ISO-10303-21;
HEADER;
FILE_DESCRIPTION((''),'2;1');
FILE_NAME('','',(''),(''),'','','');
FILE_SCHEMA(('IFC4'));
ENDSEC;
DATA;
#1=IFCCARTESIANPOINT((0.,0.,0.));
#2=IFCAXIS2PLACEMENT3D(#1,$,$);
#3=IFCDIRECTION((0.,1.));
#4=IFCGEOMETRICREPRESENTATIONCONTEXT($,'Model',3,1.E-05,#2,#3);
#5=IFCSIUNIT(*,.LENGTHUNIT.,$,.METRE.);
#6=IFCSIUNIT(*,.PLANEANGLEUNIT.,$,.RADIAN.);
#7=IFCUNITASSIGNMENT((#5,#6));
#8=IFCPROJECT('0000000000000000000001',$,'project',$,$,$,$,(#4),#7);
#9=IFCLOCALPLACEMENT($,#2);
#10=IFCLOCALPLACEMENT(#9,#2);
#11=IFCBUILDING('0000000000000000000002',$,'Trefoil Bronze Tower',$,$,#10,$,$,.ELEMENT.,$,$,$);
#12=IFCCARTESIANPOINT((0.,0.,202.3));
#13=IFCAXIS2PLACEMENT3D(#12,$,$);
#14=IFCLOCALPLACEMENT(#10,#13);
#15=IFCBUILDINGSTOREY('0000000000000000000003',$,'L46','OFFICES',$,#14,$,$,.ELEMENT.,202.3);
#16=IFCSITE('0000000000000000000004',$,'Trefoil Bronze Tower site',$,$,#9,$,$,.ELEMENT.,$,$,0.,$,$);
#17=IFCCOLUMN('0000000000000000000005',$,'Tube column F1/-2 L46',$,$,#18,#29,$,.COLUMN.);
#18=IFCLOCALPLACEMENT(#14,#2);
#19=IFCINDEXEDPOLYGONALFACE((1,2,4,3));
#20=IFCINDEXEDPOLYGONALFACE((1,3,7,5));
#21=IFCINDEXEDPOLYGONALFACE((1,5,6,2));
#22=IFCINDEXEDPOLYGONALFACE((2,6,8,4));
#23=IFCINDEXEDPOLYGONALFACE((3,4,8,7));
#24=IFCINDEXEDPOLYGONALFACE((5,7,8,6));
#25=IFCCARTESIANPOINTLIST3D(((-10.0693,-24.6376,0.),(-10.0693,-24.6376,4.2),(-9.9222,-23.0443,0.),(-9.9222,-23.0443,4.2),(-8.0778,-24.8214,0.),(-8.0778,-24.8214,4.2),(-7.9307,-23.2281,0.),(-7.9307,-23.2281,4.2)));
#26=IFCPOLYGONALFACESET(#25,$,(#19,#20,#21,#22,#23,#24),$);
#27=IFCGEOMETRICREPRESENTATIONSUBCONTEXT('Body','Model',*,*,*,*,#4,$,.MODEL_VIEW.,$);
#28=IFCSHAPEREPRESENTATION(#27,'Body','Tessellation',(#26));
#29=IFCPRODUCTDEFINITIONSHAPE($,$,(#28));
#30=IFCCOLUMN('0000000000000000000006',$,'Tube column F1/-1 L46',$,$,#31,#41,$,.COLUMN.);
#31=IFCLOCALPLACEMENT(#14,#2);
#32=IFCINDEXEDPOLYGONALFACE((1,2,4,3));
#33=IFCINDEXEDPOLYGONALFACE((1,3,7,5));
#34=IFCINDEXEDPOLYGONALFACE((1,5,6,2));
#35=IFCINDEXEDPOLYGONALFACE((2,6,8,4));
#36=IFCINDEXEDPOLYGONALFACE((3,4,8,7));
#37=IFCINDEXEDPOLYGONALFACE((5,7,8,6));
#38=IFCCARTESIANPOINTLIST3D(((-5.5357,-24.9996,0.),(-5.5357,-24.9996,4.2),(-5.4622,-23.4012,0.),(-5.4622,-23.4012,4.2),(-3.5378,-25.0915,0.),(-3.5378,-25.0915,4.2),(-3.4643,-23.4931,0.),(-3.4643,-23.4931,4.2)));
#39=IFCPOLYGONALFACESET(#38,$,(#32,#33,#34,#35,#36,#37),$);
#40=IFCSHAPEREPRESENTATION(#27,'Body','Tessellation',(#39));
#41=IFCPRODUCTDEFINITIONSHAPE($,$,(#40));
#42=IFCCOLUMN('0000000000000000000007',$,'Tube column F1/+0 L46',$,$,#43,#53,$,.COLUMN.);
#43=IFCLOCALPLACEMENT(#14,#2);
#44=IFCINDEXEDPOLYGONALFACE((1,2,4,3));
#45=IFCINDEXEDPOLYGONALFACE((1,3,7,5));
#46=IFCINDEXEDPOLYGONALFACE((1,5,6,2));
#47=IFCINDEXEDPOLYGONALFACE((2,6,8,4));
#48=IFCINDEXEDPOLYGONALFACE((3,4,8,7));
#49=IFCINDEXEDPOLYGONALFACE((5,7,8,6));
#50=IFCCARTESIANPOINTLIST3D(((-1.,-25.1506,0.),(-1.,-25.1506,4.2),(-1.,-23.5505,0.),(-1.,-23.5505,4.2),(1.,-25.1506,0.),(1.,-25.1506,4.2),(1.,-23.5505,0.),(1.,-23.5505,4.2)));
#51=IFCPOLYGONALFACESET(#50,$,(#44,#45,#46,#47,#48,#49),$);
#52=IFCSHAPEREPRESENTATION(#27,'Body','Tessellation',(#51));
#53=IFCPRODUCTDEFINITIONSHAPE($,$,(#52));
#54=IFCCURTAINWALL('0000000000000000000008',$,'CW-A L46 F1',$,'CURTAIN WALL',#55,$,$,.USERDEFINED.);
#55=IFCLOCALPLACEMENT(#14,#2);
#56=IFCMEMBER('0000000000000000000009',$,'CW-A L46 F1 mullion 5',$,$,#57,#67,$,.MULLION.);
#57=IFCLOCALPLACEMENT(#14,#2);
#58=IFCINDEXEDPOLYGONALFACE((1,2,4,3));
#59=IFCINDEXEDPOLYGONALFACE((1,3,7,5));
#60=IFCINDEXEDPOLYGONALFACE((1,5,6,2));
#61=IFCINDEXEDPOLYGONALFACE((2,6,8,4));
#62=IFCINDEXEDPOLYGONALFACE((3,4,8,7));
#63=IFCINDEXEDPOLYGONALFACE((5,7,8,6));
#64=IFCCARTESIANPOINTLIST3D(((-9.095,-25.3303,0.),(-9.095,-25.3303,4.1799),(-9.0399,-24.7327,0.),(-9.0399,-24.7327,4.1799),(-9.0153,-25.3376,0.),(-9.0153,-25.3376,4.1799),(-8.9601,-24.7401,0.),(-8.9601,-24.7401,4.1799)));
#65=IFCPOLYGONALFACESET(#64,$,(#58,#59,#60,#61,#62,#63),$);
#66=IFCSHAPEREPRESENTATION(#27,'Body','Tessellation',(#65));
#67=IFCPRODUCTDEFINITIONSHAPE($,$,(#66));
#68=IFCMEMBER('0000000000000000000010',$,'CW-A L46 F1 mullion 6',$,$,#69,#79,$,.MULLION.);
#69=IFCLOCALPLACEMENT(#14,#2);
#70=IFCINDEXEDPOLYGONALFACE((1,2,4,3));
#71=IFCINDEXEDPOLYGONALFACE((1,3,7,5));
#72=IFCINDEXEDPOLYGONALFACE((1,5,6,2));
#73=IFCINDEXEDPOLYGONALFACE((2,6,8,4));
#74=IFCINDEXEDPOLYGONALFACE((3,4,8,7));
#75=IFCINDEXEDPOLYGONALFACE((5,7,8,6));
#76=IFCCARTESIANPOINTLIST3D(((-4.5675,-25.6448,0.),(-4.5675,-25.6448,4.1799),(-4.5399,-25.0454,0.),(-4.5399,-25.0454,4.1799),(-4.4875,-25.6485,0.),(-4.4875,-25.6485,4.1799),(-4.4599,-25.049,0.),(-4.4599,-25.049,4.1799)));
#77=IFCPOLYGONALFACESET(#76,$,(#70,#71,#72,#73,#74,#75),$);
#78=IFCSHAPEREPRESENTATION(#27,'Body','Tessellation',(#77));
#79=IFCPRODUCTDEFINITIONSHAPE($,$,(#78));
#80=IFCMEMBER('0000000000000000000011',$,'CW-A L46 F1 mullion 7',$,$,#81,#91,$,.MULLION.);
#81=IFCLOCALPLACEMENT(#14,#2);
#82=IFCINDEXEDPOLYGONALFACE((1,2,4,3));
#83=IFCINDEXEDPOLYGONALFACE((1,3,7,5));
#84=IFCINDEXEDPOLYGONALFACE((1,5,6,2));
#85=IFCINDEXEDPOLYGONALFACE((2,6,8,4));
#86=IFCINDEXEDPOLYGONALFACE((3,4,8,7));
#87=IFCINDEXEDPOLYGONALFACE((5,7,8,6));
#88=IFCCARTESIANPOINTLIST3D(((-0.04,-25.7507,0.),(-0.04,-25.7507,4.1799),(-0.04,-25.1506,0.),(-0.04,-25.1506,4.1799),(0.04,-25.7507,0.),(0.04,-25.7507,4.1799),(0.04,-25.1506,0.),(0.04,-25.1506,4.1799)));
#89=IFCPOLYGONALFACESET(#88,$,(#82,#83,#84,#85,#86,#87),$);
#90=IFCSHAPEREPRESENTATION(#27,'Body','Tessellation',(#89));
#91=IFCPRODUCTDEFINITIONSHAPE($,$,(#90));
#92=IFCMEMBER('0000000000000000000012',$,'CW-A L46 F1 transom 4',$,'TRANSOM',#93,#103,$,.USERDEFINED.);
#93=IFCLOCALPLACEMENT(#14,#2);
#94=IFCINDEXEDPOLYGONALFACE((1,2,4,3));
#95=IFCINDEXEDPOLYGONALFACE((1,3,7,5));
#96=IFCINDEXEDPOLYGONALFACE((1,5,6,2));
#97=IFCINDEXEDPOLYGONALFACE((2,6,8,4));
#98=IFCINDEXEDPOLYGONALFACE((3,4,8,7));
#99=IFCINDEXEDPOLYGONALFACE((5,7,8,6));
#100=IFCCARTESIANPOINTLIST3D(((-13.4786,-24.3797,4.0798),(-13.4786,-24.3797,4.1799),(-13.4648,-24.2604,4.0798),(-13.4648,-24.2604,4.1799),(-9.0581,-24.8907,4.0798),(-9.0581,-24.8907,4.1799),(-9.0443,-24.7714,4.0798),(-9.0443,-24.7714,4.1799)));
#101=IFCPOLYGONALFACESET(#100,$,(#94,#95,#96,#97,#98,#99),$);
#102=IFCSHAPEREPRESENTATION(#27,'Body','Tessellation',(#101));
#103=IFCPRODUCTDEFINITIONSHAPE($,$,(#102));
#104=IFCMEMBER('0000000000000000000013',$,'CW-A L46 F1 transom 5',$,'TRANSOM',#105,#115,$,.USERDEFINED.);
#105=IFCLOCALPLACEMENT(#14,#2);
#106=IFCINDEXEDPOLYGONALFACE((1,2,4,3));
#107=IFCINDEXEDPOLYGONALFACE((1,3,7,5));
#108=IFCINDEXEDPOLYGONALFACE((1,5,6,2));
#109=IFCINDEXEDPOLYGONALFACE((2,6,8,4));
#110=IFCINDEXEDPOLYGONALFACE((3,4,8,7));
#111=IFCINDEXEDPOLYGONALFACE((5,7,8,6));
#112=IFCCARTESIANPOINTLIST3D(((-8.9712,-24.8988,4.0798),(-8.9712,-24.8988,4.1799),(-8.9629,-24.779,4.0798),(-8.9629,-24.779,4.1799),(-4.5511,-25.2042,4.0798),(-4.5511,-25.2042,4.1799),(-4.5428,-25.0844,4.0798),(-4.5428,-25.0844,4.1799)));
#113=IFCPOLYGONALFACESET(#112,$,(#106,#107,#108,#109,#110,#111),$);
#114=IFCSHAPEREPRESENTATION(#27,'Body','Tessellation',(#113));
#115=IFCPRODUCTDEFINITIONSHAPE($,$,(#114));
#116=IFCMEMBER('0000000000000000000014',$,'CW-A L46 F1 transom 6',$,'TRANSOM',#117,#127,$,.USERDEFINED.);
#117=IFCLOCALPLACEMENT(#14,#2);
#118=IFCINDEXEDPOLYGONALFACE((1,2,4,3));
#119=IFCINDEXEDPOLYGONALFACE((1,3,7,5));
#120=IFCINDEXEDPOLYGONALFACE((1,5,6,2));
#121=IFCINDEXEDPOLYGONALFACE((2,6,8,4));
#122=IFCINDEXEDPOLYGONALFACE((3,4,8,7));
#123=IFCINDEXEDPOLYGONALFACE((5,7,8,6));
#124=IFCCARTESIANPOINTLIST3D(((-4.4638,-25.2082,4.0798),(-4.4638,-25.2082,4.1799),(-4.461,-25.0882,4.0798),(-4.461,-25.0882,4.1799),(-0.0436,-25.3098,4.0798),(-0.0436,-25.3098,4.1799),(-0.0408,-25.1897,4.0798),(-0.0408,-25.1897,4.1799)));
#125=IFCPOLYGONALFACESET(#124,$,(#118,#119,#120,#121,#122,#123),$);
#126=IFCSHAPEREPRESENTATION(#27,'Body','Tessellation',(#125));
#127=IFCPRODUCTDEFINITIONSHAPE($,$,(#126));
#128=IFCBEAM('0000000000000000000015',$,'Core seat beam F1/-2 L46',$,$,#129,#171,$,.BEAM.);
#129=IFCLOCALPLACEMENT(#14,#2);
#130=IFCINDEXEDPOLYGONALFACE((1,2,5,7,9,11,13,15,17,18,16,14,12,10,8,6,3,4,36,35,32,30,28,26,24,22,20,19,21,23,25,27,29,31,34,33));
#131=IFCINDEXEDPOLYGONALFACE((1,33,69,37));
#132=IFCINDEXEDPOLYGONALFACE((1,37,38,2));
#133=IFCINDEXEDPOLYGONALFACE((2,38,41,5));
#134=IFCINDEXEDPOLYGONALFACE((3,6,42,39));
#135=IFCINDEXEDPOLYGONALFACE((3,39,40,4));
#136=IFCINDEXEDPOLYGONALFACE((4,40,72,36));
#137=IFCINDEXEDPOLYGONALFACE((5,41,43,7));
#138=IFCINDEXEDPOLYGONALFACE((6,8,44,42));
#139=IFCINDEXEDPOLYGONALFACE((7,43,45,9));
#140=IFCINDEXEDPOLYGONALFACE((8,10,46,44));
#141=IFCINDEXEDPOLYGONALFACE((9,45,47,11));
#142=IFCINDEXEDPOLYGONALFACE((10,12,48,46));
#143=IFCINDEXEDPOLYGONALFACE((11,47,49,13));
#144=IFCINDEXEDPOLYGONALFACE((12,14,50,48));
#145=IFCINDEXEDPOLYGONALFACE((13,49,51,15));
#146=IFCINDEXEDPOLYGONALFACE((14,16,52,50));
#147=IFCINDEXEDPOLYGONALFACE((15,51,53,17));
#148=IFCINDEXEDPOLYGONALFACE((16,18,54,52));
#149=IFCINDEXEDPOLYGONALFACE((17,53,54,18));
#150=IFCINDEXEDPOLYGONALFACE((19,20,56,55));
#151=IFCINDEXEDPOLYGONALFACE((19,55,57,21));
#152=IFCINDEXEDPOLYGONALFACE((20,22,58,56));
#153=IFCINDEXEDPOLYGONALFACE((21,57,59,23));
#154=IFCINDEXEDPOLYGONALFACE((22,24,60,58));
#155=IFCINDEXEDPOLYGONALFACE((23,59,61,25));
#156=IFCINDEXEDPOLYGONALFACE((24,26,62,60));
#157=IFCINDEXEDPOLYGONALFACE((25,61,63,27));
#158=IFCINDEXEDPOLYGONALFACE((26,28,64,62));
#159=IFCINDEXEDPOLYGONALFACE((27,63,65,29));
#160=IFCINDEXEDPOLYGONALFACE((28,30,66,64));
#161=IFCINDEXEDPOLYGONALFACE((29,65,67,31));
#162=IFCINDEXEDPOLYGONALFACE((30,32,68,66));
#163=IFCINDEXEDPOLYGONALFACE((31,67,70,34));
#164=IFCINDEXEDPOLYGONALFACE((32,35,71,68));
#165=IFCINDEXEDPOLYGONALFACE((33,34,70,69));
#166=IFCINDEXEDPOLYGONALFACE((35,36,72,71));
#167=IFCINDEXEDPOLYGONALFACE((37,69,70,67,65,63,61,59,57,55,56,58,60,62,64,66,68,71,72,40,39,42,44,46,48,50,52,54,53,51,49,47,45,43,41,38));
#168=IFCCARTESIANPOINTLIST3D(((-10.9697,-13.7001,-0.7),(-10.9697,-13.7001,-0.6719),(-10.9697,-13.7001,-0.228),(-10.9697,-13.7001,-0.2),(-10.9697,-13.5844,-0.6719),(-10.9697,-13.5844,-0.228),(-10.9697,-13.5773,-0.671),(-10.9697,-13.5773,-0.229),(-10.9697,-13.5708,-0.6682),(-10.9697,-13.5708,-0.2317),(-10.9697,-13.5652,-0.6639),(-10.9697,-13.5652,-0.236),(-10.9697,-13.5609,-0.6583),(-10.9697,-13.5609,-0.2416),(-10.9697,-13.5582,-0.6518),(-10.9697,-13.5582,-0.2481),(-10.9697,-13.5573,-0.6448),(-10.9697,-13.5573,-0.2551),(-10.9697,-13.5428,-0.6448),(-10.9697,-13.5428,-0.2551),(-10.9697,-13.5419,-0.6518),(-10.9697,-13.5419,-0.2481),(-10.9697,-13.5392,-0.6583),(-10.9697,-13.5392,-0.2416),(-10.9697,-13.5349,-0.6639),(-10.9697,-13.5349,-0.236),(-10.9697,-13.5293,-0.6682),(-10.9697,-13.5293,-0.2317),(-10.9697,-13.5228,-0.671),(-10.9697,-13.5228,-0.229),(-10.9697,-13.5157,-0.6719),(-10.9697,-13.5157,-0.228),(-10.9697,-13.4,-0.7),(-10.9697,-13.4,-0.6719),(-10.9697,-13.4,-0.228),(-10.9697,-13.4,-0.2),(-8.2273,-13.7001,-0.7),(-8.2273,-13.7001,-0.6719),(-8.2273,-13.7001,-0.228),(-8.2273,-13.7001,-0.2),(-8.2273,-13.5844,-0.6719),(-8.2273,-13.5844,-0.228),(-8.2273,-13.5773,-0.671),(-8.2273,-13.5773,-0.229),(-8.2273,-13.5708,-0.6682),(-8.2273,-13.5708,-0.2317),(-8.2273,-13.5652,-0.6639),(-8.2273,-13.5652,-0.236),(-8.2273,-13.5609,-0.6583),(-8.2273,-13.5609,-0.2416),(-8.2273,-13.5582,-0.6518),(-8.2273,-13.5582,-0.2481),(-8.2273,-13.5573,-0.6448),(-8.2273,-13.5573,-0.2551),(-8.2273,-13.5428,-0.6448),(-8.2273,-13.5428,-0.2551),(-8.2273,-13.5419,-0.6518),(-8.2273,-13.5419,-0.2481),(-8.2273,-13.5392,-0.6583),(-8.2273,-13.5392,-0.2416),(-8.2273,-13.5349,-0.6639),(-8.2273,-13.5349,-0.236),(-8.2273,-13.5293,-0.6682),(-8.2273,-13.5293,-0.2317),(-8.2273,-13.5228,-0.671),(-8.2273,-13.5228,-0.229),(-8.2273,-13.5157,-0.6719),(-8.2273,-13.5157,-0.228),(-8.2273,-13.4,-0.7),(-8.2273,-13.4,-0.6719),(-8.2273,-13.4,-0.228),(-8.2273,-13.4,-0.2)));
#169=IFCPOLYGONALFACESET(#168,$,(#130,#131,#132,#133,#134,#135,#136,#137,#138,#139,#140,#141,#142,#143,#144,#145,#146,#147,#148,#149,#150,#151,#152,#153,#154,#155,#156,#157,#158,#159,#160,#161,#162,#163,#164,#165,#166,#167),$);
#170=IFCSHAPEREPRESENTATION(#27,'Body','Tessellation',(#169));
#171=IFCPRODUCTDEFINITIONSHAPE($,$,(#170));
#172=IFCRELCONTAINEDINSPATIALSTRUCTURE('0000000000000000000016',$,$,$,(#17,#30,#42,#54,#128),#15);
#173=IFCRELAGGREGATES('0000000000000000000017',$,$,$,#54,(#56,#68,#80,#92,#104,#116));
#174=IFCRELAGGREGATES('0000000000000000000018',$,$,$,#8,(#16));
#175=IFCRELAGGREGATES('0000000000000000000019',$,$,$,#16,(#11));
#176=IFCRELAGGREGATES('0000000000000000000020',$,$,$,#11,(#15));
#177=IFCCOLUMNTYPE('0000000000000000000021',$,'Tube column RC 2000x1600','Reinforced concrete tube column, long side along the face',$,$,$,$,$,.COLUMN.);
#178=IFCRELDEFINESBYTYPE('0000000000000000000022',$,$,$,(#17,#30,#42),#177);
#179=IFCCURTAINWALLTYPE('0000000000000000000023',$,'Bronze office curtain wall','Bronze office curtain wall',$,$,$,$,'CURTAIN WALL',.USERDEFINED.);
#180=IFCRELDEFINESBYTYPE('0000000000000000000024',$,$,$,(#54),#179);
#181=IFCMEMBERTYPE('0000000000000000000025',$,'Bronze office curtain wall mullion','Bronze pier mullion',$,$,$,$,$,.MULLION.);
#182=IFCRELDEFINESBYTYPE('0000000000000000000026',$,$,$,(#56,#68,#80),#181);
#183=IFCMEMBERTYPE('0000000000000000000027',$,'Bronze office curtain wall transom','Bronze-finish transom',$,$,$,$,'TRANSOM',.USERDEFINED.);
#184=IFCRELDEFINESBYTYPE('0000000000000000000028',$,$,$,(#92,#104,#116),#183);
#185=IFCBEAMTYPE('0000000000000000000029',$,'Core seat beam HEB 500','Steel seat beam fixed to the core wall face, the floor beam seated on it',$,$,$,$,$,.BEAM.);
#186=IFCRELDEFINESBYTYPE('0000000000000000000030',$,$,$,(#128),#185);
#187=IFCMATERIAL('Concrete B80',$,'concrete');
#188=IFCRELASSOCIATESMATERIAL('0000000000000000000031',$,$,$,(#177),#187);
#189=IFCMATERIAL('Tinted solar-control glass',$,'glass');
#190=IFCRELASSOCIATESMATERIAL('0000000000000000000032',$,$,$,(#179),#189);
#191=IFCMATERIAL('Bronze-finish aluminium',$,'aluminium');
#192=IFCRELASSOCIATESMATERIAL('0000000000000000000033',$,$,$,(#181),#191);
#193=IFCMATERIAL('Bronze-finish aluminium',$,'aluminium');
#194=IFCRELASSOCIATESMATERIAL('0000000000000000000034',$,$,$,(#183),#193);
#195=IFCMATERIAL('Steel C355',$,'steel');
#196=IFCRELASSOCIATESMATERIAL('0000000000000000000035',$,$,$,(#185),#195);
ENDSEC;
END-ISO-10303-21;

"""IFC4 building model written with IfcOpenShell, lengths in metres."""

from ifc_helpers import new_model, si_unit, direction, frame, origin, origin_2d, place, context, subcontext, project, spatial, rectangle, i_section, extrude, material, material_profile, profile_set, type_object, element, aggregate, save


model = new_model("IFC4")

# Units and contexts
model_context = context("Model", 3, precision=1e-05, world=origin(), true_north=direction((0.0, 1.0)))
body_context = subcontext(model_context, "Body", "Model", "MODEL_VIEW")
ifc_project = project(units=[si_unit("LENGTHUNIT", "METRE"), si_unit("PLANEANGLEUNIT", "RADIAN")], contexts=[model_context])

# Site, building, storey
site_placement = place(None, origin())
site = spatial("IfcSite", under=ifc_project, at=site_placement, Name="Trefoil Bronze Tower site", CompositionType="ELEMENT", RefElevation=0.0)
building_placement = place(site_placement, origin())
building = spatial("IfcBuilding", under=site, at=building_placement, Name="Trefoil Bronze Tower", CompositionType="ELEMENT")
storey_placement = place(building_placement, frame((0.0, 0.0, 202.3)))
storey = spatial("IfcBuildingStorey", under=building, at=storey_placement, Name="L46", Description="OFFICES", CompositionType="ELEMENT", Elevation=202.3)

# Columns
ifc_material_1 = material(Name="Concrete B80", Category="concrete")
ifc_material_profile_1 = material_profile(ifc_material_1, rectangle(XDim=2.0, YDim=1.6001, at=origin_2d()), Name="RC 2000x1600")
ifc_profile_set_1 = profile_set([ifc_material_profile_1], Name="Concrete B80")
column_type = type_object("IfcColumnType", Name="Tube column RC 2000x1600", Description="Reinforced concrete tube column, long side along the face", PredefinedType="COLUMN", material=ifc_profile_set_1)
for number, where, z_axis, x_axis, name in (
    (1, (-9.0, -23.9329, 0.0), (0.0, 0.0, 1.0), (0.995767, -0.091911, 0.0), "Tube column F1/-2 L46"),
    (2, (-4.5, -24.2463, 0.0), (0.0, 0.0, 1.0), (0.998943, -0.045956, 0.0), "Tube column F1/-1 L46"),
    (3, (0.0, -24.3506, 0.0), (0.0, 0.0, 1.0), (1.0, 0.0, 0.0), "Tube column F1/+0 L46"),
):
    element("IfcColumn", number, at=place(storey_placement, frame(where, z_axis=z_axis, x_axis=x_axis)), inside=storey, type_object=column_type, Name=name, PredefinedType="COLUMN", context=body_context, shape_type="SweptSolid", body=[
        extrude(rectangle(XDim=2.0, YDim=1.6001, at=origin_2d()), origin(), (0.0, 0.0, 1.0), 4.2),
    ])

# Curtain wall, members
ifc_material_2 = material(Name="Tinted solar-control glass", Category="glass")
curtain_wall_type = type_object("IfcCurtainWallType", Name="Bronze office curtain wall", Description="Bronze office curtain wall", ElementType="CURTAIN WALL", PredefinedType="USERDEFINED", material=ifc_material_2)
curtain_wall_placement = place(storey_placement, origin())
curtain_wall = element("IfcCurtainWall", 4, at=curtain_wall_placement, inside=storey, type_object=curtain_wall_type, Name="CW-A L46 F1", ObjectType="CURTAIN WALL", PredefinedType="USERDEFINED")
ifc_material_3 = material(Name="Bronze-finish aluminium", Category="aluminium")
ifc_material_profile_2 = material_profile(ifc_material_3, rectangle(XDim=0.6001, YDim=0.0801, at=origin_2d()), Name="CW-A mullion")
ifc_profile_set_2 = profile_set([ifc_material_profile_2], Name="Bronze-finish aluminium")
member_type_1 = type_object("IfcMemberType", Name="Bronze office curtain wall mullion", Description="Bronze pier mullion", PredefinedType="MULLION", material=ifc_profile_set_2)
member_1_placement = place(storey_placement, frame((-9.0276, -25.0352, 0.0), z_axis=(0.0, 0.0, 1.0), x_axis=(0.091911, 0.995767, 0.0)))
member_1 = element("IfcMember", 5, at=member_1_placement, type_object=member_type_1, Name="CW-A L46 F1 mullion 5", PredefinedType="MULLION", context=body_context, shape_type="SweptSolid", body=[
    extrude(rectangle(XDim=0.6001, YDim=0.0801, at=origin_2d()), origin(), (0.0, 0.0, 1.0), 4.1799),
])
member_2_placement = place(storey_placement, frame((-4.5137, -25.3469, 0.0), z_axis=(0.0, 0.0, 1.0), x_axis=(0.045956, 0.998943, 0.0)))
member_2 = element("IfcMember", 6, at=member_2_placement, type_object=member_type_1, Name="CW-A L46 F1 mullion 6", PredefinedType="MULLION", context=body_context, shape_type="SweptSolid", body=[
    extrude(rectangle(XDim=0.6001, YDim=0.0801, at=origin_2d()), origin(), (0.0, 0.0, 1.0), 4.1799),
])
member_3_placement = place(storey_placement, frame((0.0, -25.4507, 0.0), z_axis=(0.0, 0.0, 1.0), x_axis=(0.0, 1.0, 0.0)))
member_3 = element("IfcMember", 7, at=member_3_placement, type_object=member_type_1, Name="CW-A L46 F1 mullion 7", PredefinedType="MULLION", context=body_context, shape_type="SweptSolid", body=[
    extrude(rectangle(XDim=0.6001, YDim=0.0801, at=origin_2d()), origin(), (0.0, 0.0, 1.0), 4.1799),
])
ifc_material_4 = material(Name="Bronze-finish aluminium", Category="aluminium")
ifc_material_profile_3 = material_profile(ifc_material_4, rectangle(XDim=0.1201, YDim=0.1001, at=origin_2d()), Name="CW-A transom")
ifc_profile_set_3 = profile_set([ifc_material_profile_3], Name="Bronze-finish aluminium")
member_type_2 = type_object("IfcMemberType", Name="Bronze office curtain wall transom", Description="Bronze-finish transom", ElementType="TRANSOM", PredefinedType="USERDEFINED", material=ifc_profile_set_3)
member_4_placement = place(storey_placement, frame((-13.4717, -24.3201, 4.1299), z_axis=(0.993385, -0.114832, 0.0), x_axis=(0.114832, 0.993385, 0.0)))
member_4 = element("IfcMember", 8, at=member_4_placement, type_object=member_type_2, Name="CW-A L46 F1 transom 4", ObjectType="TRANSOM", PredefinedType="USERDEFINED", context=body_context, shape_type="SweptSolid", body=[
    extrude(rectangle(XDim=0.1201, YDim=0.1001, at=origin_2d()), origin(), (0.0, 0.0, 1.0), 4.45),
])
member_5_placement = place(storey_placement, frame((-8.967, -24.8389, 4.1299), z_axis=(0.997621, -0.068933, 0.0), x_axis=(0.068933, 0.997621, 0.0)))
member_5 = element("IfcMember", 9, at=member_5_placement, type_object=member_type_2, Name="CW-A L46 F1 transom 5", ObjectType="TRANSOM", PredefinedType="USERDEFINED", context=body_context, shape_type="SweptSolid", body=[
    extrude(rectangle(XDim=0.1201, YDim=0.1001, at=origin_2d()), origin(), (0.0, 0.0, 1.0), 4.4307),
])
member_6_placement = place(storey_placement, frame((-4.4624, -25.1482, 4.1299), z_axis=(0.999736, -0.022971, 0.0), x_axis=(0.022971, 0.999736, 0.0)))
member_6 = element("IfcMember", 10, at=member_6_placement, type_object=member_type_2, Name="CW-A L46 F1 transom 6", ObjectType="TRANSOM", PredefinedType="USERDEFINED", context=body_context, shape_type="SweptSolid", body=[
    extrude(rectangle(XDim=0.1201, YDim=0.1001, at=origin_2d()), origin(), (0.0, 0.0, 1.0), 4.4214),
])

# Beam
ifc_material_5 = material(Name="Steel C355", Category="steel")
ifc_material_profile_4 = material_profile(ifc_material_5, i_section(OverallWidth=0.3, OverallDepth=0.5, WebThickness=0.0144, FlangeThickness=0.0281, FilletRadius=0.0271, at=origin_2d()), Name="HEB 500")
ifc_profile_set_4 = profile_set([ifc_material_profile_4], Name="Steel C355")
beam_type_1 = type_object("IfcBeamType", Name="Core seat beam HEB 500", Description="Steel seat beam fixed to the core wall face, the floor beam seated on it", PredefinedType="BEAM", material=ifc_profile_set_4)
for number, where, z_axis, x_axis, name in (
    (11, (-10.9697, -13.55, -0.45), (1.0, 0.0, 0.0), (0.0, 1.0, 0.0), "Core seat beam F1/-2 L46"),
):
    element("IfcBeam", number, at=place(storey_placement, frame(where, z_axis=z_axis, x_axis=x_axis)), inside=storey, type_object=beam_type_1, Name=name, PredefinedType="BEAM", context=body_context, shape_type="SweptSolid", body=[
        extrude(i_section(OverallWidth=0.3, OverallDepth=0.5, WebThickness=0.0144, FlangeThickness=0.0281, FilletRadius=0.0271, at=origin_2d()), origin(), (0.0, 0.0, 1.0), 2.7424),
    ])

aggregate(curtain_wall, [member_1, member_2, member_3, member_4, member_5, member_6])

save(model, "model.ifc")
